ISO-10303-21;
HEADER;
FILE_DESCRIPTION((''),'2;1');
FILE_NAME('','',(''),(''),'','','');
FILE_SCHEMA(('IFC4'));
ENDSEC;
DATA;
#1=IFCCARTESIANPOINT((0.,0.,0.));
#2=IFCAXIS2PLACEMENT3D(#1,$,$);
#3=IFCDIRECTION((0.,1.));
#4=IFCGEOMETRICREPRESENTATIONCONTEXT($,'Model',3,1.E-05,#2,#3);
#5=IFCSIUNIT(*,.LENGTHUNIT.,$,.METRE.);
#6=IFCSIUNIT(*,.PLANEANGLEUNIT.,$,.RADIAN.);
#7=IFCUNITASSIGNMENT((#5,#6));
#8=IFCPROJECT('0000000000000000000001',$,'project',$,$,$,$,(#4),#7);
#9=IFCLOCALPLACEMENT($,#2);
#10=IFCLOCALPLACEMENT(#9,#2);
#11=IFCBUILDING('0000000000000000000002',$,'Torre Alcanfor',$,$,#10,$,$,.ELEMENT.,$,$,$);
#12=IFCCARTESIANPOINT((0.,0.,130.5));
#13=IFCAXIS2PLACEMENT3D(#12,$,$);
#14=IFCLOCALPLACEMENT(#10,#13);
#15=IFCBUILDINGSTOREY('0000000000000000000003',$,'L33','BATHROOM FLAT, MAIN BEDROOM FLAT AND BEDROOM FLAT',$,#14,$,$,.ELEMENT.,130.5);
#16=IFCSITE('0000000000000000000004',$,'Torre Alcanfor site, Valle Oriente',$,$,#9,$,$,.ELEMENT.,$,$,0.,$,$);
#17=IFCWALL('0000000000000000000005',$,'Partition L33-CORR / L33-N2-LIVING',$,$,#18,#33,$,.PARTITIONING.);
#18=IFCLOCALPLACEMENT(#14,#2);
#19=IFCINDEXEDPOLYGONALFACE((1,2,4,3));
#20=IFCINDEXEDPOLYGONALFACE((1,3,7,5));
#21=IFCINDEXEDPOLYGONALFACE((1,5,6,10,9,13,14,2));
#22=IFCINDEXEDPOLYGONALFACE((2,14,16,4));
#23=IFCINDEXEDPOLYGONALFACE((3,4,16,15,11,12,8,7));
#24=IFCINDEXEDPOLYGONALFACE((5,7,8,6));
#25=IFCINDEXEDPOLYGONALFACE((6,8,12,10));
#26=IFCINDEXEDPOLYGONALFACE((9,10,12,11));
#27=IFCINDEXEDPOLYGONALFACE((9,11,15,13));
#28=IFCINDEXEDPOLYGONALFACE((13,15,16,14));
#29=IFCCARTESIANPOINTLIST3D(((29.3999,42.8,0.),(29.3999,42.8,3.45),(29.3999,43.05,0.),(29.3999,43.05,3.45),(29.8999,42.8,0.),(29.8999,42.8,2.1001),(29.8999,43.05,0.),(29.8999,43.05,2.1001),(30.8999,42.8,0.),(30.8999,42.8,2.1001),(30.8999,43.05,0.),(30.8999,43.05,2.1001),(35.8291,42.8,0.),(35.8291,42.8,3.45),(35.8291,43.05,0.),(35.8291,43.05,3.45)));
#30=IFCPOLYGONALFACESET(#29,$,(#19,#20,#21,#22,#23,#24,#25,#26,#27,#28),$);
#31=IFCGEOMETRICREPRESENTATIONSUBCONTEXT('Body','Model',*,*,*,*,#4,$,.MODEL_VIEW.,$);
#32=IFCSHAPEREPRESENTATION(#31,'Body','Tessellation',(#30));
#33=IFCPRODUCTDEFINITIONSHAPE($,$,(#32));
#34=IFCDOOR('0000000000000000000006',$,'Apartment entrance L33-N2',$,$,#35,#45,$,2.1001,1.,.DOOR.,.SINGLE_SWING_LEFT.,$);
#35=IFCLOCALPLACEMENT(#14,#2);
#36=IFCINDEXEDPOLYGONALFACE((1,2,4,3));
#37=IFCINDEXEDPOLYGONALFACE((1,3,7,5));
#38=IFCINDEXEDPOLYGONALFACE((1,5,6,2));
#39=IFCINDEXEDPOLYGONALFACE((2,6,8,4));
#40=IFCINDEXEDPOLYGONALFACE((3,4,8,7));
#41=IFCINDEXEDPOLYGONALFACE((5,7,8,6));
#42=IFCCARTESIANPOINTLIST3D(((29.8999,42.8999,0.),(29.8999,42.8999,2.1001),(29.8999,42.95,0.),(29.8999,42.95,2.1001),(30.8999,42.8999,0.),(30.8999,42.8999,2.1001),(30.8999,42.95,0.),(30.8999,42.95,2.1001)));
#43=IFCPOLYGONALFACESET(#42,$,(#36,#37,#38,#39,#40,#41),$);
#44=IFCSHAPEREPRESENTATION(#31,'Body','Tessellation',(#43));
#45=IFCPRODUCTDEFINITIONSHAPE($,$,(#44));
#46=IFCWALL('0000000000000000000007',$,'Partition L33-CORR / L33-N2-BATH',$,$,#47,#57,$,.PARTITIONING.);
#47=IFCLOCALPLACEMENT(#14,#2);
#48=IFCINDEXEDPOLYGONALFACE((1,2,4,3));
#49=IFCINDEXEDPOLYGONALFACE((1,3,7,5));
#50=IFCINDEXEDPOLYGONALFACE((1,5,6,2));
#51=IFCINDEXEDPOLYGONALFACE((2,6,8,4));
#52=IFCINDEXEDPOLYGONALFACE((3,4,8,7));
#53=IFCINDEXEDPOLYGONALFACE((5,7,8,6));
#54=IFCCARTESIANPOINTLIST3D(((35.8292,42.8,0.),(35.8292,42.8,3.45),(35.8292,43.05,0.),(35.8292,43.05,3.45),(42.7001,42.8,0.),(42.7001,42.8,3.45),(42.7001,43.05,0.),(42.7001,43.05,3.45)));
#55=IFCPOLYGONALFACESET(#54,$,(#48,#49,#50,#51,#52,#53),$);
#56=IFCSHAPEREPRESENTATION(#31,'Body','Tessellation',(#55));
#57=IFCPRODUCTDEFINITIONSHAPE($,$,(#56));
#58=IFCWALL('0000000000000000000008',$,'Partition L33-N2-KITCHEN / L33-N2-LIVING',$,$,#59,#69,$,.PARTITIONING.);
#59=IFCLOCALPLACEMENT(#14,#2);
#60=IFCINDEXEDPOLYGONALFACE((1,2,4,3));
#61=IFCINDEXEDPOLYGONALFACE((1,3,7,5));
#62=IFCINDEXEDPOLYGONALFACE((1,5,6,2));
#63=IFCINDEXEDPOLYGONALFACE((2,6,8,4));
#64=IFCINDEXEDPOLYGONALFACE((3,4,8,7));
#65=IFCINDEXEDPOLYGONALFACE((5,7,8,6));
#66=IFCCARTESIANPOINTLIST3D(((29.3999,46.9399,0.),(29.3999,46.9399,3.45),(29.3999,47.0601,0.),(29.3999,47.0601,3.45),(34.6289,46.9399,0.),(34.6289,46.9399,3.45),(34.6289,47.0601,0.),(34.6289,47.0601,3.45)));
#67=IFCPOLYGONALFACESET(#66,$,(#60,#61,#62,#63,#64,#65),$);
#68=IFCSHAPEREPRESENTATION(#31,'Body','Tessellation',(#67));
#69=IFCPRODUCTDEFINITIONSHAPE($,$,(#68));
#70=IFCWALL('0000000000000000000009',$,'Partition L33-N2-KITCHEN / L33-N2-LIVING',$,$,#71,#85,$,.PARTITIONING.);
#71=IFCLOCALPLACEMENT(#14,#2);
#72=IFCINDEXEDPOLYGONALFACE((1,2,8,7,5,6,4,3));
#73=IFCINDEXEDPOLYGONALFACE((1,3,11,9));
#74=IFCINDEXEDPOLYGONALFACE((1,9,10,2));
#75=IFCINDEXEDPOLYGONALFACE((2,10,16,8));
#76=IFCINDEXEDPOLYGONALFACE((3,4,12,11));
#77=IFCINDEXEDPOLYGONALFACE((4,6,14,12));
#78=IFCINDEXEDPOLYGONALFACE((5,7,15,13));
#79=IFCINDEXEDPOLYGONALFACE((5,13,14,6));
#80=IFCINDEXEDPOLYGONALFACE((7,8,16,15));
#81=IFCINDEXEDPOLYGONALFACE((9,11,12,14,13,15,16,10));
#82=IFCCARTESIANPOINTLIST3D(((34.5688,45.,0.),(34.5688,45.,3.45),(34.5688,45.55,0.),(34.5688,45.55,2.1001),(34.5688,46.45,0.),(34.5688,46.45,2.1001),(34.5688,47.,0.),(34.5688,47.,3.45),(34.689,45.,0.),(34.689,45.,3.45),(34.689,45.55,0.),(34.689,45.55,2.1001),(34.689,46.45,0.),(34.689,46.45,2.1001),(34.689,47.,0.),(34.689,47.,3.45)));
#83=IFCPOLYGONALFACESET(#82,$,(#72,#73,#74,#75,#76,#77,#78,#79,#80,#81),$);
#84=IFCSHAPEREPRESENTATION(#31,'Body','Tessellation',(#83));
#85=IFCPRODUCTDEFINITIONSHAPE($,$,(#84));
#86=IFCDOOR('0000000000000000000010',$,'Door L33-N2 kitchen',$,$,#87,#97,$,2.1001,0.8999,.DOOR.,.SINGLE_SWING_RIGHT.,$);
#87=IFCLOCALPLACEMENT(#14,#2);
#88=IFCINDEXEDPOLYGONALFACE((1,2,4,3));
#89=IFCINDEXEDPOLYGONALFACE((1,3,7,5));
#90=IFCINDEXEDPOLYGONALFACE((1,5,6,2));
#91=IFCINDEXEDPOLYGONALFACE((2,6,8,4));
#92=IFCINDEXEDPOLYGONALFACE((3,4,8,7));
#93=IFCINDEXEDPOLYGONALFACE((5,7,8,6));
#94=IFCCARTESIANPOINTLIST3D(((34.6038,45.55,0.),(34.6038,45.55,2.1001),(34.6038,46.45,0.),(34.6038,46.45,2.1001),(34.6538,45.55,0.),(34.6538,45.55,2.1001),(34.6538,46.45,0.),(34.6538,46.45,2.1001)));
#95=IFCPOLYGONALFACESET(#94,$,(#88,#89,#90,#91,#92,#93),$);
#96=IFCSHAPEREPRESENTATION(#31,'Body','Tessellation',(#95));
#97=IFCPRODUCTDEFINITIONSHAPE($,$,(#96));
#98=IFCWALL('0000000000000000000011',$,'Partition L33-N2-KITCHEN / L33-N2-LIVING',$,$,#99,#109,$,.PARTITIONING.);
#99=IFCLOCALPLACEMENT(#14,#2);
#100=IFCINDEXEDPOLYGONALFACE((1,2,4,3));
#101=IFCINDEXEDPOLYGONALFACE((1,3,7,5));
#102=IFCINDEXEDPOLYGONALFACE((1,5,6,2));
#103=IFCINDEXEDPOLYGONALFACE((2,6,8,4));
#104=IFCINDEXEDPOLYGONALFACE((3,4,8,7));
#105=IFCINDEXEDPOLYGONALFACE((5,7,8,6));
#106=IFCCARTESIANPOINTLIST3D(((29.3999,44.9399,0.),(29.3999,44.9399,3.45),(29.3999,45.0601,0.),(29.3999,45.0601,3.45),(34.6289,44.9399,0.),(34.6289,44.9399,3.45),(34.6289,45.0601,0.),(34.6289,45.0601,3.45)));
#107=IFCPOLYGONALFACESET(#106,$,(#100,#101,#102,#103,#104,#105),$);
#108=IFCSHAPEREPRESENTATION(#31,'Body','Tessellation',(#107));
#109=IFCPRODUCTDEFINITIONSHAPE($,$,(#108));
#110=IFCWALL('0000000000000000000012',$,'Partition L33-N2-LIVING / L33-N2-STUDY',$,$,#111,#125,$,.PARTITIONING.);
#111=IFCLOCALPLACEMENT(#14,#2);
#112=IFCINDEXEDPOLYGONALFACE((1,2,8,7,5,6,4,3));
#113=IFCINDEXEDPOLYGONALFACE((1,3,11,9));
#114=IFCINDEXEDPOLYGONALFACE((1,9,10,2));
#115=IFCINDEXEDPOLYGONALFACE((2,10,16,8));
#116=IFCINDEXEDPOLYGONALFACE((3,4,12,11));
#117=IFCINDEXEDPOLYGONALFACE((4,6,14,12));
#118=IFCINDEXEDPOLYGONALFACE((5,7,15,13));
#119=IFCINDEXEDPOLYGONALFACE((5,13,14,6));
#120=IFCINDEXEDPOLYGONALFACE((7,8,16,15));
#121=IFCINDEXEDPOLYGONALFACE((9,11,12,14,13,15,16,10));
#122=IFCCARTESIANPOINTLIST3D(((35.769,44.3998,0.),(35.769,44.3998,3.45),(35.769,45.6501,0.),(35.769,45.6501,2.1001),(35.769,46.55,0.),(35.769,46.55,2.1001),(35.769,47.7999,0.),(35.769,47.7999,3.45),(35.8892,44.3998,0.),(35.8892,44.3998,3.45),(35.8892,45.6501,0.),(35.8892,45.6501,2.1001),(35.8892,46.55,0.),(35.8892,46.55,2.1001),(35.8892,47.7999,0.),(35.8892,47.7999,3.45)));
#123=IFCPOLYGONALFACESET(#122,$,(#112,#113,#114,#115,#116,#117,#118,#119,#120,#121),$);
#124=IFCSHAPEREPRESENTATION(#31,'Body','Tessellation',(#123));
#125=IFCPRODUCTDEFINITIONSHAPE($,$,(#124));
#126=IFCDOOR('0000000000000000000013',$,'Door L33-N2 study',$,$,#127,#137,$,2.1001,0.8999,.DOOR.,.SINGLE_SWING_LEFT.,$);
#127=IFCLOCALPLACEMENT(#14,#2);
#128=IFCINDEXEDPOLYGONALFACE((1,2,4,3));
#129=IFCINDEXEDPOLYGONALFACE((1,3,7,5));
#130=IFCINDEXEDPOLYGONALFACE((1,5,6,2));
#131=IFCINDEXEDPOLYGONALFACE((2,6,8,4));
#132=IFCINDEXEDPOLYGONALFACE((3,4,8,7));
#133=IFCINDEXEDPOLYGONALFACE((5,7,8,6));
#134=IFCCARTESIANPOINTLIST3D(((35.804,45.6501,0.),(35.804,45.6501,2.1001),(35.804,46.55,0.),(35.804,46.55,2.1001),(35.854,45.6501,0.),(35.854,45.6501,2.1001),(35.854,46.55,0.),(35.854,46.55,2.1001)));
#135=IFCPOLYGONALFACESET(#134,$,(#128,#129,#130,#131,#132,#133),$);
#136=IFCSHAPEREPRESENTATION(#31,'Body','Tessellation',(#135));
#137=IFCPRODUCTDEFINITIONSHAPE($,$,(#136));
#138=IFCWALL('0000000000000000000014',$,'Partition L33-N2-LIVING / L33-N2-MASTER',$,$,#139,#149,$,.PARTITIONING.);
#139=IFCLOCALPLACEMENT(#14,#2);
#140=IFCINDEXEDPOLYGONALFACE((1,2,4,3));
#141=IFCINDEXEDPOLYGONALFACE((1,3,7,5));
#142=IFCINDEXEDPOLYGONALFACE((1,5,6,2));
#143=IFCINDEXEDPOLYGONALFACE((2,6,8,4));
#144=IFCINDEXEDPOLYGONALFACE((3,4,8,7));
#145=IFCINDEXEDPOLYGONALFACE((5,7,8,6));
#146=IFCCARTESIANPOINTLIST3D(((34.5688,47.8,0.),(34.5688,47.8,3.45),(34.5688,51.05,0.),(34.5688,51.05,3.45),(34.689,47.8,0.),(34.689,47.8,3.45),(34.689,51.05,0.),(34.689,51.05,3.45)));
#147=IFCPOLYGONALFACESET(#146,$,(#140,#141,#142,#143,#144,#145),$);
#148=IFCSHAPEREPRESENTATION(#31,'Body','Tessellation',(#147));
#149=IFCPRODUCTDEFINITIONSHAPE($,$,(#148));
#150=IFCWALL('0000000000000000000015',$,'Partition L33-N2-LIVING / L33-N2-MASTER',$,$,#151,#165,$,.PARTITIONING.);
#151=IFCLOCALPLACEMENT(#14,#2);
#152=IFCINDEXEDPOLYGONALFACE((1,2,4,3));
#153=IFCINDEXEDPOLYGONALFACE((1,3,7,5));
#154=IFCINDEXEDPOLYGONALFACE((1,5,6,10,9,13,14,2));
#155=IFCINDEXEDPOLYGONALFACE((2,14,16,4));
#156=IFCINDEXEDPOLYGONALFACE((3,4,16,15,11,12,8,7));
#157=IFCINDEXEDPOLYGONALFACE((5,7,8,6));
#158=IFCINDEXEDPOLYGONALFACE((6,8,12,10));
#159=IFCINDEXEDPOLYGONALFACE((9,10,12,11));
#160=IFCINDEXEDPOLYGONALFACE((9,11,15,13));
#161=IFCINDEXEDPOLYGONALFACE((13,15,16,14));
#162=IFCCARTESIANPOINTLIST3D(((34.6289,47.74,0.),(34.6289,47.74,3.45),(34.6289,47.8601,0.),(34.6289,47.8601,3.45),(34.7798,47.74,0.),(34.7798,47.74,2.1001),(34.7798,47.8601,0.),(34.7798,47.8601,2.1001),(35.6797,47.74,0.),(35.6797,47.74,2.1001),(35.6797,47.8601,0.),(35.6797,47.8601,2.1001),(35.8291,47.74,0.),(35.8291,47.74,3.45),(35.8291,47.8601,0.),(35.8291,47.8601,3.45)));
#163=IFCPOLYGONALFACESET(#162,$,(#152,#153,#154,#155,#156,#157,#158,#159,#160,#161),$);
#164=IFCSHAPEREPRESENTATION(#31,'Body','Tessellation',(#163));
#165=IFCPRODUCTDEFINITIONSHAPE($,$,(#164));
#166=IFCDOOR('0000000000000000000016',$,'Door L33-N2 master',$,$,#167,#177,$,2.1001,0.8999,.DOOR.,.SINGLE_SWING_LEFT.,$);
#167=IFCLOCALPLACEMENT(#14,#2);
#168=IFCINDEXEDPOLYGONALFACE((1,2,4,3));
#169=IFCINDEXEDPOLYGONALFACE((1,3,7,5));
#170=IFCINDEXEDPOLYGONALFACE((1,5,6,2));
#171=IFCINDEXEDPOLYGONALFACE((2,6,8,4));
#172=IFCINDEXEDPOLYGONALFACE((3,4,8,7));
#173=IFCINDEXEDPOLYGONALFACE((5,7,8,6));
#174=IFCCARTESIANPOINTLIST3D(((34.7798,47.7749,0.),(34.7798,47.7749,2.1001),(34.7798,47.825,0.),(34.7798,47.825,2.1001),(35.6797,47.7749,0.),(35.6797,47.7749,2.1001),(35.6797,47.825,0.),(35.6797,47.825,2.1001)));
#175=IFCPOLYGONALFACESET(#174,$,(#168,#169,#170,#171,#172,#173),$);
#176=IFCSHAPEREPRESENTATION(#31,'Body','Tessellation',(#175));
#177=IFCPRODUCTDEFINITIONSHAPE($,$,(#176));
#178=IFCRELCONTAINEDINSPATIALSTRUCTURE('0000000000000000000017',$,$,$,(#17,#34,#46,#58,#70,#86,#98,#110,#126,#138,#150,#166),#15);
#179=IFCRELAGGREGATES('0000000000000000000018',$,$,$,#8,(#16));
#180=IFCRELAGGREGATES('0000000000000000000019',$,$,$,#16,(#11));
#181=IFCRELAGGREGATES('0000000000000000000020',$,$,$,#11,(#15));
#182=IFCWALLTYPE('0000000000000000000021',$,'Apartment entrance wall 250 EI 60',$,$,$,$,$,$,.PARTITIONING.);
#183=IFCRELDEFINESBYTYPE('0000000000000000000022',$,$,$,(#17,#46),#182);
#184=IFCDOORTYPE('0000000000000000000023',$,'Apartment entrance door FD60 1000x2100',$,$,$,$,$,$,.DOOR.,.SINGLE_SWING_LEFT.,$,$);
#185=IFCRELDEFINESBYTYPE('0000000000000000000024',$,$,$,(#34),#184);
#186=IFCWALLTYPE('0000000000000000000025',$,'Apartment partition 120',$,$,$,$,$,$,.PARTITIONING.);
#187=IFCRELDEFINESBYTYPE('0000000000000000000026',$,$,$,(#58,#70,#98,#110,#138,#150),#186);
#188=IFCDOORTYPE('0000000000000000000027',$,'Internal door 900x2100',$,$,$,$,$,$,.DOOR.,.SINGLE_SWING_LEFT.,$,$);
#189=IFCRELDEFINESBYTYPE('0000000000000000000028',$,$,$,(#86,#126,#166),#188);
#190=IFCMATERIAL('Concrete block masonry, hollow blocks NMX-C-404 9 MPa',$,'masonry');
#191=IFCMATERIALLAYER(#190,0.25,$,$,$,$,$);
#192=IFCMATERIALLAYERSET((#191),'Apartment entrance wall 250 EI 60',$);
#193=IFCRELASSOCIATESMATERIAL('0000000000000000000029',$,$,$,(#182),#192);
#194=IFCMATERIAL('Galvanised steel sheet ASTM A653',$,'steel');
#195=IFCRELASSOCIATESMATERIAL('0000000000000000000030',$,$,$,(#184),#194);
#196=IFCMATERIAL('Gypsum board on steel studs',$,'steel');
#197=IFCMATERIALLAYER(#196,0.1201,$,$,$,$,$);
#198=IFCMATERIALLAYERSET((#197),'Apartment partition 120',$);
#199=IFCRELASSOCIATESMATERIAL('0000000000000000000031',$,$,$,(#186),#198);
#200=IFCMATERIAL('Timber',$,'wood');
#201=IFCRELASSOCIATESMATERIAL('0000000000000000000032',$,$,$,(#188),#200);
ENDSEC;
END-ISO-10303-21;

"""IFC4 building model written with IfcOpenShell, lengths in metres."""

from ifc_helpers import new_model, si_unit, direction, frame, frame_2d, origin, place, context, subcontext, project, spatial, rectangle, extrude, material, layer, layer_set, type_object, element, fill, save


model = new_model("IFC4")

# Units and contexts
model_context = context("Model", 3, precision=1e-05, world=origin(), true_north=direction((0.0, 1.0)))
body_context = subcontext(model_context, "Body", "Model", "MODEL_VIEW")
ifc_project = project(units=[si_unit("LENGTHUNIT", "METRE"), si_unit("PLANEANGLEUNIT", "RADIAN")], contexts=[model_context])

# Site, building, storey
site_placement = place(None, origin())
site = spatial("IfcSite", under=ifc_project, at=site_placement, Name="Torre Alcanfor site, Valle Oriente", CompositionType="ELEMENT", RefElevation=0.0)
building_placement = place(site_placement, origin())
building = spatial("IfcBuilding", under=site, at=building_placement, Name="Torre Alcanfor", CompositionType="ELEMENT")
storey_placement = place(building_placement, frame((0.0, 0.0, 130.5)))
storey = spatial("IfcBuildingStorey", under=building, at=storey_placement, Name="L33", Description="BATHROOM FLAT, MAIN BEDROOM FLAT AND BEDROOM FLAT", CompositionType="ELEMENT", Elevation=130.5)

# Wall, opening, door
ifc_material_1 = material(Name="Concrete block masonry, hollow blocks NMX-C-404 9 MPa", Category="masonry")
ifc_layer_1 = layer(ifc_material_1, 0.25)
ifc_layer_set_1 = layer_set([ifc_layer_1], Name="Apartment entrance wall 250 EI 60")
wall_type_1 = type_object("IfcWallType", Name="Apartment entrance wall 250 EI 60", PredefinedType="PARTITIONING", material=ifc_layer_set_1)
wall_1_placement = place(storey_placement, frame((29.3999, 42.925, 0.0), z_axis=(0.0, 0.0, 1.0), x_axis=(1.0, 0.0, 0.0)))
wall_1 = element("IfcWall", 1, at=wall_1_placement, inside=storey, type_object=wall_type_1, Name="Partition L33-CORR / L33-N2-LIVING", PredefinedType="PARTITIONING", context=body_context, shape_type="SweptSolid", body=[
    extrude(rectangle(XDim=6.4292, YDim=0.25, at=frame_2d((3.2146, 0.0))), origin(), (0.0, 0.0, 1.0), 3.45),
])
opening_1_placement = place(wall_1_placement, frame((0.5, 0.0, 0.0)))
opening_1 = element("IfcOpeningElement", 2, at=opening_1_placement, cuts=wall_1, PredefinedType="OPENING", context=body_context, shape_type="SweptSolid", body=[
    extrude(rectangle(XDim=1.0, YDim=2.1001, at=frame_2d((0.5, 1.05))), frame((0.0, 0.135, 0.0), z_axis=(0.0, -1.0, 0.0), x_axis=(1.0, 0.0, 0.0)), (0.0, 0.0, 1.0), 0.27),
])
ifc_material_2 = material(Name="Galvanised steel sheet ASTM A653", Category="steel")
door_type_1 = type_object("IfcDoorType", Name="Apartment entrance door FD60 1000x2100", OperationType="SINGLE_SWING_LEFT", PredefinedType="DOOR", material=ifc_material_2)
door_1_placement = place(opening_1_placement, origin())
door_1 = element("IfcDoor", 3, at=door_1_placement, inside=storey, type_object=door_type_1, Name="Apartment entrance L33-N2", OperationType="SINGLE_SWING_LEFT", OverallHeight=2.1001, OverallWidth=1.0, PredefinedType="DOOR", context=body_context, shape_type="SweptSolid", body=[
    extrude(rectangle(XDim=1.0, YDim=2.1001, at=frame_2d((0.5, 1.05))), frame((0.0, 0.0249, 0.0), z_axis=(0.0, -1.0, 0.0), x_axis=(1.0, 0.0, 0.0)), (0.0, 0.0, 1.0), 0.05),
])
fill(opening_1, door_1)

# Walls
wall_2_placement = place(storey_placement, frame((35.8291, 42.925, 0.0), z_axis=(0.0, 0.0, 1.0), x_axis=(1.0, 0.0, 0.0)))
element("IfcWall", 4, at=wall_2_placement, inside=storey, type_object=wall_type_1, Name="Partition L33-CORR / L33-N2-BATH", PredefinedType="PARTITIONING", context=body_context, shape_type="SweptSolid", body=[
    extrude(rectangle(XDim=6.8708, YDim=0.25, at=frame_2d((3.4355, 0.0))), origin(), (0.0, 0.0, 1.0), 3.45),
])
ifc_material_3 = material(Name="Gypsum board on steel studs", Category="steel")
ifc_layer_2 = layer(ifc_material_3, 0.1201)
ifc_layer_set_2 = layer_set([ifc_layer_2], Name="Apartment partition 120")
wall_type_2 = type_object("IfcWallType", Name="Apartment partition 120", PredefinedType="PARTITIONING", material=ifc_layer_set_2)
wall_3_placement = place(storey_placement, frame((29.3999, 47.0, 0.0), z_axis=(0.0, 0.0, 1.0), x_axis=(1.0, 0.0, 0.0)))
element("IfcWall", 5, at=wall_3_placement, inside=storey, type_object=wall_type_2, Name="Partition L33-N2-KITCHEN / L33-N2-LIVING", PredefinedType="PARTITIONING", context=body_context, shape_type="SweptSolid", body=[
    extrude(rectangle(XDim=5.229, YDim=0.1201, at=frame_2d((2.6145, 0.0))), origin(), (0.0, 0.0, 1.0), 3.45),
])

# Wall, opening, door
wall_4_placement = place(storey_placement, frame((34.6289, 47.0, 0.0), z_axis=(0.0, 0.0, 1.0), x_axis=(0.0, -1.0, 0.0)))
wall_4 = element("IfcWall", 6, at=wall_4_placement, inside=storey, type_object=wall_type_2, Name="Partition L33-N2-KITCHEN / L33-N2-LIVING", PredefinedType="PARTITIONING", context=body_context, shape_type="SweptSolid", body=[
    extrude(rectangle(XDim=2.0, YDim=0.1201, at=frame_2d((1.0, 0.0))), origin(), (0.0, 0.0, 1.0), 3.45),
])
opening_2_placement = place(wall_4_placement, frame((0.55, 0.0, 0.0)))
opening_2 = element("IfcOpeningElement", 7, at=opening_2_placement, cuts=wall_4, PredefinedType="OPENING", context=body_context, shape_type="SweptSolid", body=[
    extrude(rectangle(XDim=0.8999, YDim=2.1001, at=frame_2d((0.45, 1.05))), frame((0.0, 0.0701, 0.0), z_axis=(0.0, -1.0, 0.0), x_axis=(1.0, 0.0, 0.0)), (0.0, 0.0, 1.0), 0.1401),
])
ifc_material_4 = material(Name="Timber", Category="wood")
door_type_2 = type_object("IfcDoorType", Name="Internal door 900x2100", OperationType="SINGLE_SWING_LEFT", PredefinedType="DOOR", material=ifc_material_4)
door_2_placement = place(opening_2_placement, frame((0.8999, 0.0, 0.0), z_axis=(0.0, 0.0, 1.0), x_axis=(-1.0, 0.0, 0.0)))
door_2 = element("IfcDoor", 8, at=door_2_placement, inside=storey, type_object=door_type_2, Name="Door L33-N2 kitchen", OperationType="SINGLE_SWING_RIGHT", OverallHeight=2.1001, OverallWidth=0.8999, PredefinedType="DOOR", context=body_context, shape_type="SweptSolid", body=[
    extrude(rectangle(XDim=0.8999, YDim=2.1001, at=frame_2d((0.45, 1.05))), frame((0.0, 0.0251, 0.0), z_axis=(0.0, -1.0, 0.0), x_axis=(1.0, 0.0, 0.0)), (0.0, 0.0, 1.0), 0.05),
])
fill(opening_2, door_2)

# Wall
wall_5_placement = place(storey_placement, frame((34.6289, 45.0, 0.0), z_axis=(0.0, 0.0, 1.0), x_axis=(-1.0, 0.0, 0.0)))
element("IfcWall", 9, at=wall_5_placement, inside=storey, type_object=wall_type_2, Name="Partition L33-N2-KITCHEN / L33-N2-LIVING", PredefinedType="PARTITIONING", context=body_context, shape_type="SweptSolid", body=[
    extrude(rectangle(XDim=5.229, YDim=0.1201, at=frame_2d((2.6145, 0.0))), origin(), (0.0, 0.0, 1.0), 3.45),
])

# Wall, opening, door
wall_6_placement = place(storey_placement, frame((35.8291, 47.8, 0.0), z_axis=(0.0, 0.0, 1.0), x_axis=(0.0, -1.0, 0.0)))
wall_6 = element("IfcWall", 10, at=wall_6_placement, inside=storey, type_object=wall_type_2, Name="Partition L33-N2-LIVING / L33-N2-STUDY", PredefinedType="PARTITIONING", context=body_context, shape_type="SweptSolid", body=[
    extrude(rectangle(XDim=3.4001, YDim=0.1201, at=frame_2d((1.7002, 0.0))), origin(), (0.0, 0.0, 1.0), 3.45),
])
opening_3_placement = place(wall_6_placement, frame((1.25, 0.0, 0.0)))
opening_3 = element("IfcOpeningElement", 11, at=opening_3_placement, cuts=wall_6, PredefinedType="OPENING", context=body_context, shape_type="SweptSolid", body=[
    extrude(rectangle(XDim=0.8999, YDim=2.1001, at=frame_2d((0.45, 1.05))), frame((0.0, 0.0701, 0.0), z_axis=(0.0, -1.0, 0.0), x_axis=(1.0, 0.0, 0.0)), (0.0, 0.0, 1.0), 0.1401),
])
door_3_placement = place(opening_3_placement, origin())
door_3 = element("IfcDoor", 12, at=door_3_placement, inside=storey, type_object=door_type_2, Name="Door L33-N2 study", OperationType="SINGLE_SWING_LEFT", OverallHeight=2.1001, OverallWidth=0.8999, PredefinedType="DOOR", context=body_context, shape_type="SweptSolid", body=[
    extrude(rectangle(XDim=0.8999, YDim=2.1001, at=frame_2d((0.45, 1.05))), frame((0.0, 0.0249, 0.0), z_axis=(0.0, -1.0, 0.0), x_axis=(1.0, 0.0, 0.0)), (0.0, 0.0, 1.0), 0.05),
])
fill(opening_3, door_3)

# Wall
wall_7_placement = place(storey_placement, frame((34.6289, 51.05, 0.0), z_axis=(0.0, 0.0, 1.0), x_axis=(0.0, -1.0, 0.0)))
element("IfcWall", 13, at=wall_7_placement, inside=storey, type_object=wall_type_2, Name="Partition L33-N2-LIVING / L33-N2-MASTER", PredefinedType="PARTITIONING", context=body_context, shape_type="SweptSolid", body=[
    extrude(rectangle(XDim=3.25, YDim=0.1201, at=frame_2d((1.625, 0.0))), origin(), (0.0, 0.0, 1.0), 3.45),
])

# Wall, opening, door
wall_8_placement = place(storey_placement, frame((34.6289, 47.8, 0.0), z_axis=(0.0, 0.0, 1.0), x_axis=(1.0, 0.0, 0.0)))
wall_8 = element("IfcWall", 14, at=wall_8_placement, inside=storey, type_object=wall_type_2, Name="Partition L33-N2-LIVING / L33-N2-MASTER", PredefinedType="PARTITIONING", context=body_context, shape_type="SweptSolid", body=[
    extrude(rectangle(XDim=1.2002, YDim=0.1201, at=frame_2d((0.6001, 0.0))), origin(), (0.0, 0.0, 1.0), 3.45),
])
opening_4_placement = place(wall_8_placement, frame((0.1509, 0.0, 0.0)))
opening_4 = element("IfcOpeningElement", 15, at=opening_4_placement, cuts=wall_8, PredefinedType="OPENING", context=body_context, shape_type="SweptSolid", body=[
    extrude(rectangle(XDim=0.8999, YDim=2.1001, at=frame_2d((0.45, 1.05))), frame((0.0, 0.0701, 0.0), z_axis=(0.0, -1.0, 0.0), x_axis=(1.0, 0.0, 0.0)), (0.0, 0.0, 1.0), 0.1401),
])
door_4_placement = place(opening_4_placement, origin())
door_4 = element("IfcDoor", 16, at=door_4_placement, inside=storey, type_object=door_type_2, Name="Door L33-N2 master", OperationType="SINGLE_SWING_LEFT", OverallHeight=2.1001, OverallWidth=0.8999, PredefinedType="DOOR", context=body_context, shape_type="SweptSolid", body=[
    extrude(rectangle(XDim=0.8999, YDim=2.1001, at=frame_2d((0.45, 1.05))), frame((0.0, 0.0249, 0.0), z_axis=(0.0, -1.0, 0.0), x_axis=(1.0, 0.0, 0.0)), (0.0, 0.0, 1.0), 0.05),
])
fill(opening_4, door_4)

save(model, "model.ifc")
